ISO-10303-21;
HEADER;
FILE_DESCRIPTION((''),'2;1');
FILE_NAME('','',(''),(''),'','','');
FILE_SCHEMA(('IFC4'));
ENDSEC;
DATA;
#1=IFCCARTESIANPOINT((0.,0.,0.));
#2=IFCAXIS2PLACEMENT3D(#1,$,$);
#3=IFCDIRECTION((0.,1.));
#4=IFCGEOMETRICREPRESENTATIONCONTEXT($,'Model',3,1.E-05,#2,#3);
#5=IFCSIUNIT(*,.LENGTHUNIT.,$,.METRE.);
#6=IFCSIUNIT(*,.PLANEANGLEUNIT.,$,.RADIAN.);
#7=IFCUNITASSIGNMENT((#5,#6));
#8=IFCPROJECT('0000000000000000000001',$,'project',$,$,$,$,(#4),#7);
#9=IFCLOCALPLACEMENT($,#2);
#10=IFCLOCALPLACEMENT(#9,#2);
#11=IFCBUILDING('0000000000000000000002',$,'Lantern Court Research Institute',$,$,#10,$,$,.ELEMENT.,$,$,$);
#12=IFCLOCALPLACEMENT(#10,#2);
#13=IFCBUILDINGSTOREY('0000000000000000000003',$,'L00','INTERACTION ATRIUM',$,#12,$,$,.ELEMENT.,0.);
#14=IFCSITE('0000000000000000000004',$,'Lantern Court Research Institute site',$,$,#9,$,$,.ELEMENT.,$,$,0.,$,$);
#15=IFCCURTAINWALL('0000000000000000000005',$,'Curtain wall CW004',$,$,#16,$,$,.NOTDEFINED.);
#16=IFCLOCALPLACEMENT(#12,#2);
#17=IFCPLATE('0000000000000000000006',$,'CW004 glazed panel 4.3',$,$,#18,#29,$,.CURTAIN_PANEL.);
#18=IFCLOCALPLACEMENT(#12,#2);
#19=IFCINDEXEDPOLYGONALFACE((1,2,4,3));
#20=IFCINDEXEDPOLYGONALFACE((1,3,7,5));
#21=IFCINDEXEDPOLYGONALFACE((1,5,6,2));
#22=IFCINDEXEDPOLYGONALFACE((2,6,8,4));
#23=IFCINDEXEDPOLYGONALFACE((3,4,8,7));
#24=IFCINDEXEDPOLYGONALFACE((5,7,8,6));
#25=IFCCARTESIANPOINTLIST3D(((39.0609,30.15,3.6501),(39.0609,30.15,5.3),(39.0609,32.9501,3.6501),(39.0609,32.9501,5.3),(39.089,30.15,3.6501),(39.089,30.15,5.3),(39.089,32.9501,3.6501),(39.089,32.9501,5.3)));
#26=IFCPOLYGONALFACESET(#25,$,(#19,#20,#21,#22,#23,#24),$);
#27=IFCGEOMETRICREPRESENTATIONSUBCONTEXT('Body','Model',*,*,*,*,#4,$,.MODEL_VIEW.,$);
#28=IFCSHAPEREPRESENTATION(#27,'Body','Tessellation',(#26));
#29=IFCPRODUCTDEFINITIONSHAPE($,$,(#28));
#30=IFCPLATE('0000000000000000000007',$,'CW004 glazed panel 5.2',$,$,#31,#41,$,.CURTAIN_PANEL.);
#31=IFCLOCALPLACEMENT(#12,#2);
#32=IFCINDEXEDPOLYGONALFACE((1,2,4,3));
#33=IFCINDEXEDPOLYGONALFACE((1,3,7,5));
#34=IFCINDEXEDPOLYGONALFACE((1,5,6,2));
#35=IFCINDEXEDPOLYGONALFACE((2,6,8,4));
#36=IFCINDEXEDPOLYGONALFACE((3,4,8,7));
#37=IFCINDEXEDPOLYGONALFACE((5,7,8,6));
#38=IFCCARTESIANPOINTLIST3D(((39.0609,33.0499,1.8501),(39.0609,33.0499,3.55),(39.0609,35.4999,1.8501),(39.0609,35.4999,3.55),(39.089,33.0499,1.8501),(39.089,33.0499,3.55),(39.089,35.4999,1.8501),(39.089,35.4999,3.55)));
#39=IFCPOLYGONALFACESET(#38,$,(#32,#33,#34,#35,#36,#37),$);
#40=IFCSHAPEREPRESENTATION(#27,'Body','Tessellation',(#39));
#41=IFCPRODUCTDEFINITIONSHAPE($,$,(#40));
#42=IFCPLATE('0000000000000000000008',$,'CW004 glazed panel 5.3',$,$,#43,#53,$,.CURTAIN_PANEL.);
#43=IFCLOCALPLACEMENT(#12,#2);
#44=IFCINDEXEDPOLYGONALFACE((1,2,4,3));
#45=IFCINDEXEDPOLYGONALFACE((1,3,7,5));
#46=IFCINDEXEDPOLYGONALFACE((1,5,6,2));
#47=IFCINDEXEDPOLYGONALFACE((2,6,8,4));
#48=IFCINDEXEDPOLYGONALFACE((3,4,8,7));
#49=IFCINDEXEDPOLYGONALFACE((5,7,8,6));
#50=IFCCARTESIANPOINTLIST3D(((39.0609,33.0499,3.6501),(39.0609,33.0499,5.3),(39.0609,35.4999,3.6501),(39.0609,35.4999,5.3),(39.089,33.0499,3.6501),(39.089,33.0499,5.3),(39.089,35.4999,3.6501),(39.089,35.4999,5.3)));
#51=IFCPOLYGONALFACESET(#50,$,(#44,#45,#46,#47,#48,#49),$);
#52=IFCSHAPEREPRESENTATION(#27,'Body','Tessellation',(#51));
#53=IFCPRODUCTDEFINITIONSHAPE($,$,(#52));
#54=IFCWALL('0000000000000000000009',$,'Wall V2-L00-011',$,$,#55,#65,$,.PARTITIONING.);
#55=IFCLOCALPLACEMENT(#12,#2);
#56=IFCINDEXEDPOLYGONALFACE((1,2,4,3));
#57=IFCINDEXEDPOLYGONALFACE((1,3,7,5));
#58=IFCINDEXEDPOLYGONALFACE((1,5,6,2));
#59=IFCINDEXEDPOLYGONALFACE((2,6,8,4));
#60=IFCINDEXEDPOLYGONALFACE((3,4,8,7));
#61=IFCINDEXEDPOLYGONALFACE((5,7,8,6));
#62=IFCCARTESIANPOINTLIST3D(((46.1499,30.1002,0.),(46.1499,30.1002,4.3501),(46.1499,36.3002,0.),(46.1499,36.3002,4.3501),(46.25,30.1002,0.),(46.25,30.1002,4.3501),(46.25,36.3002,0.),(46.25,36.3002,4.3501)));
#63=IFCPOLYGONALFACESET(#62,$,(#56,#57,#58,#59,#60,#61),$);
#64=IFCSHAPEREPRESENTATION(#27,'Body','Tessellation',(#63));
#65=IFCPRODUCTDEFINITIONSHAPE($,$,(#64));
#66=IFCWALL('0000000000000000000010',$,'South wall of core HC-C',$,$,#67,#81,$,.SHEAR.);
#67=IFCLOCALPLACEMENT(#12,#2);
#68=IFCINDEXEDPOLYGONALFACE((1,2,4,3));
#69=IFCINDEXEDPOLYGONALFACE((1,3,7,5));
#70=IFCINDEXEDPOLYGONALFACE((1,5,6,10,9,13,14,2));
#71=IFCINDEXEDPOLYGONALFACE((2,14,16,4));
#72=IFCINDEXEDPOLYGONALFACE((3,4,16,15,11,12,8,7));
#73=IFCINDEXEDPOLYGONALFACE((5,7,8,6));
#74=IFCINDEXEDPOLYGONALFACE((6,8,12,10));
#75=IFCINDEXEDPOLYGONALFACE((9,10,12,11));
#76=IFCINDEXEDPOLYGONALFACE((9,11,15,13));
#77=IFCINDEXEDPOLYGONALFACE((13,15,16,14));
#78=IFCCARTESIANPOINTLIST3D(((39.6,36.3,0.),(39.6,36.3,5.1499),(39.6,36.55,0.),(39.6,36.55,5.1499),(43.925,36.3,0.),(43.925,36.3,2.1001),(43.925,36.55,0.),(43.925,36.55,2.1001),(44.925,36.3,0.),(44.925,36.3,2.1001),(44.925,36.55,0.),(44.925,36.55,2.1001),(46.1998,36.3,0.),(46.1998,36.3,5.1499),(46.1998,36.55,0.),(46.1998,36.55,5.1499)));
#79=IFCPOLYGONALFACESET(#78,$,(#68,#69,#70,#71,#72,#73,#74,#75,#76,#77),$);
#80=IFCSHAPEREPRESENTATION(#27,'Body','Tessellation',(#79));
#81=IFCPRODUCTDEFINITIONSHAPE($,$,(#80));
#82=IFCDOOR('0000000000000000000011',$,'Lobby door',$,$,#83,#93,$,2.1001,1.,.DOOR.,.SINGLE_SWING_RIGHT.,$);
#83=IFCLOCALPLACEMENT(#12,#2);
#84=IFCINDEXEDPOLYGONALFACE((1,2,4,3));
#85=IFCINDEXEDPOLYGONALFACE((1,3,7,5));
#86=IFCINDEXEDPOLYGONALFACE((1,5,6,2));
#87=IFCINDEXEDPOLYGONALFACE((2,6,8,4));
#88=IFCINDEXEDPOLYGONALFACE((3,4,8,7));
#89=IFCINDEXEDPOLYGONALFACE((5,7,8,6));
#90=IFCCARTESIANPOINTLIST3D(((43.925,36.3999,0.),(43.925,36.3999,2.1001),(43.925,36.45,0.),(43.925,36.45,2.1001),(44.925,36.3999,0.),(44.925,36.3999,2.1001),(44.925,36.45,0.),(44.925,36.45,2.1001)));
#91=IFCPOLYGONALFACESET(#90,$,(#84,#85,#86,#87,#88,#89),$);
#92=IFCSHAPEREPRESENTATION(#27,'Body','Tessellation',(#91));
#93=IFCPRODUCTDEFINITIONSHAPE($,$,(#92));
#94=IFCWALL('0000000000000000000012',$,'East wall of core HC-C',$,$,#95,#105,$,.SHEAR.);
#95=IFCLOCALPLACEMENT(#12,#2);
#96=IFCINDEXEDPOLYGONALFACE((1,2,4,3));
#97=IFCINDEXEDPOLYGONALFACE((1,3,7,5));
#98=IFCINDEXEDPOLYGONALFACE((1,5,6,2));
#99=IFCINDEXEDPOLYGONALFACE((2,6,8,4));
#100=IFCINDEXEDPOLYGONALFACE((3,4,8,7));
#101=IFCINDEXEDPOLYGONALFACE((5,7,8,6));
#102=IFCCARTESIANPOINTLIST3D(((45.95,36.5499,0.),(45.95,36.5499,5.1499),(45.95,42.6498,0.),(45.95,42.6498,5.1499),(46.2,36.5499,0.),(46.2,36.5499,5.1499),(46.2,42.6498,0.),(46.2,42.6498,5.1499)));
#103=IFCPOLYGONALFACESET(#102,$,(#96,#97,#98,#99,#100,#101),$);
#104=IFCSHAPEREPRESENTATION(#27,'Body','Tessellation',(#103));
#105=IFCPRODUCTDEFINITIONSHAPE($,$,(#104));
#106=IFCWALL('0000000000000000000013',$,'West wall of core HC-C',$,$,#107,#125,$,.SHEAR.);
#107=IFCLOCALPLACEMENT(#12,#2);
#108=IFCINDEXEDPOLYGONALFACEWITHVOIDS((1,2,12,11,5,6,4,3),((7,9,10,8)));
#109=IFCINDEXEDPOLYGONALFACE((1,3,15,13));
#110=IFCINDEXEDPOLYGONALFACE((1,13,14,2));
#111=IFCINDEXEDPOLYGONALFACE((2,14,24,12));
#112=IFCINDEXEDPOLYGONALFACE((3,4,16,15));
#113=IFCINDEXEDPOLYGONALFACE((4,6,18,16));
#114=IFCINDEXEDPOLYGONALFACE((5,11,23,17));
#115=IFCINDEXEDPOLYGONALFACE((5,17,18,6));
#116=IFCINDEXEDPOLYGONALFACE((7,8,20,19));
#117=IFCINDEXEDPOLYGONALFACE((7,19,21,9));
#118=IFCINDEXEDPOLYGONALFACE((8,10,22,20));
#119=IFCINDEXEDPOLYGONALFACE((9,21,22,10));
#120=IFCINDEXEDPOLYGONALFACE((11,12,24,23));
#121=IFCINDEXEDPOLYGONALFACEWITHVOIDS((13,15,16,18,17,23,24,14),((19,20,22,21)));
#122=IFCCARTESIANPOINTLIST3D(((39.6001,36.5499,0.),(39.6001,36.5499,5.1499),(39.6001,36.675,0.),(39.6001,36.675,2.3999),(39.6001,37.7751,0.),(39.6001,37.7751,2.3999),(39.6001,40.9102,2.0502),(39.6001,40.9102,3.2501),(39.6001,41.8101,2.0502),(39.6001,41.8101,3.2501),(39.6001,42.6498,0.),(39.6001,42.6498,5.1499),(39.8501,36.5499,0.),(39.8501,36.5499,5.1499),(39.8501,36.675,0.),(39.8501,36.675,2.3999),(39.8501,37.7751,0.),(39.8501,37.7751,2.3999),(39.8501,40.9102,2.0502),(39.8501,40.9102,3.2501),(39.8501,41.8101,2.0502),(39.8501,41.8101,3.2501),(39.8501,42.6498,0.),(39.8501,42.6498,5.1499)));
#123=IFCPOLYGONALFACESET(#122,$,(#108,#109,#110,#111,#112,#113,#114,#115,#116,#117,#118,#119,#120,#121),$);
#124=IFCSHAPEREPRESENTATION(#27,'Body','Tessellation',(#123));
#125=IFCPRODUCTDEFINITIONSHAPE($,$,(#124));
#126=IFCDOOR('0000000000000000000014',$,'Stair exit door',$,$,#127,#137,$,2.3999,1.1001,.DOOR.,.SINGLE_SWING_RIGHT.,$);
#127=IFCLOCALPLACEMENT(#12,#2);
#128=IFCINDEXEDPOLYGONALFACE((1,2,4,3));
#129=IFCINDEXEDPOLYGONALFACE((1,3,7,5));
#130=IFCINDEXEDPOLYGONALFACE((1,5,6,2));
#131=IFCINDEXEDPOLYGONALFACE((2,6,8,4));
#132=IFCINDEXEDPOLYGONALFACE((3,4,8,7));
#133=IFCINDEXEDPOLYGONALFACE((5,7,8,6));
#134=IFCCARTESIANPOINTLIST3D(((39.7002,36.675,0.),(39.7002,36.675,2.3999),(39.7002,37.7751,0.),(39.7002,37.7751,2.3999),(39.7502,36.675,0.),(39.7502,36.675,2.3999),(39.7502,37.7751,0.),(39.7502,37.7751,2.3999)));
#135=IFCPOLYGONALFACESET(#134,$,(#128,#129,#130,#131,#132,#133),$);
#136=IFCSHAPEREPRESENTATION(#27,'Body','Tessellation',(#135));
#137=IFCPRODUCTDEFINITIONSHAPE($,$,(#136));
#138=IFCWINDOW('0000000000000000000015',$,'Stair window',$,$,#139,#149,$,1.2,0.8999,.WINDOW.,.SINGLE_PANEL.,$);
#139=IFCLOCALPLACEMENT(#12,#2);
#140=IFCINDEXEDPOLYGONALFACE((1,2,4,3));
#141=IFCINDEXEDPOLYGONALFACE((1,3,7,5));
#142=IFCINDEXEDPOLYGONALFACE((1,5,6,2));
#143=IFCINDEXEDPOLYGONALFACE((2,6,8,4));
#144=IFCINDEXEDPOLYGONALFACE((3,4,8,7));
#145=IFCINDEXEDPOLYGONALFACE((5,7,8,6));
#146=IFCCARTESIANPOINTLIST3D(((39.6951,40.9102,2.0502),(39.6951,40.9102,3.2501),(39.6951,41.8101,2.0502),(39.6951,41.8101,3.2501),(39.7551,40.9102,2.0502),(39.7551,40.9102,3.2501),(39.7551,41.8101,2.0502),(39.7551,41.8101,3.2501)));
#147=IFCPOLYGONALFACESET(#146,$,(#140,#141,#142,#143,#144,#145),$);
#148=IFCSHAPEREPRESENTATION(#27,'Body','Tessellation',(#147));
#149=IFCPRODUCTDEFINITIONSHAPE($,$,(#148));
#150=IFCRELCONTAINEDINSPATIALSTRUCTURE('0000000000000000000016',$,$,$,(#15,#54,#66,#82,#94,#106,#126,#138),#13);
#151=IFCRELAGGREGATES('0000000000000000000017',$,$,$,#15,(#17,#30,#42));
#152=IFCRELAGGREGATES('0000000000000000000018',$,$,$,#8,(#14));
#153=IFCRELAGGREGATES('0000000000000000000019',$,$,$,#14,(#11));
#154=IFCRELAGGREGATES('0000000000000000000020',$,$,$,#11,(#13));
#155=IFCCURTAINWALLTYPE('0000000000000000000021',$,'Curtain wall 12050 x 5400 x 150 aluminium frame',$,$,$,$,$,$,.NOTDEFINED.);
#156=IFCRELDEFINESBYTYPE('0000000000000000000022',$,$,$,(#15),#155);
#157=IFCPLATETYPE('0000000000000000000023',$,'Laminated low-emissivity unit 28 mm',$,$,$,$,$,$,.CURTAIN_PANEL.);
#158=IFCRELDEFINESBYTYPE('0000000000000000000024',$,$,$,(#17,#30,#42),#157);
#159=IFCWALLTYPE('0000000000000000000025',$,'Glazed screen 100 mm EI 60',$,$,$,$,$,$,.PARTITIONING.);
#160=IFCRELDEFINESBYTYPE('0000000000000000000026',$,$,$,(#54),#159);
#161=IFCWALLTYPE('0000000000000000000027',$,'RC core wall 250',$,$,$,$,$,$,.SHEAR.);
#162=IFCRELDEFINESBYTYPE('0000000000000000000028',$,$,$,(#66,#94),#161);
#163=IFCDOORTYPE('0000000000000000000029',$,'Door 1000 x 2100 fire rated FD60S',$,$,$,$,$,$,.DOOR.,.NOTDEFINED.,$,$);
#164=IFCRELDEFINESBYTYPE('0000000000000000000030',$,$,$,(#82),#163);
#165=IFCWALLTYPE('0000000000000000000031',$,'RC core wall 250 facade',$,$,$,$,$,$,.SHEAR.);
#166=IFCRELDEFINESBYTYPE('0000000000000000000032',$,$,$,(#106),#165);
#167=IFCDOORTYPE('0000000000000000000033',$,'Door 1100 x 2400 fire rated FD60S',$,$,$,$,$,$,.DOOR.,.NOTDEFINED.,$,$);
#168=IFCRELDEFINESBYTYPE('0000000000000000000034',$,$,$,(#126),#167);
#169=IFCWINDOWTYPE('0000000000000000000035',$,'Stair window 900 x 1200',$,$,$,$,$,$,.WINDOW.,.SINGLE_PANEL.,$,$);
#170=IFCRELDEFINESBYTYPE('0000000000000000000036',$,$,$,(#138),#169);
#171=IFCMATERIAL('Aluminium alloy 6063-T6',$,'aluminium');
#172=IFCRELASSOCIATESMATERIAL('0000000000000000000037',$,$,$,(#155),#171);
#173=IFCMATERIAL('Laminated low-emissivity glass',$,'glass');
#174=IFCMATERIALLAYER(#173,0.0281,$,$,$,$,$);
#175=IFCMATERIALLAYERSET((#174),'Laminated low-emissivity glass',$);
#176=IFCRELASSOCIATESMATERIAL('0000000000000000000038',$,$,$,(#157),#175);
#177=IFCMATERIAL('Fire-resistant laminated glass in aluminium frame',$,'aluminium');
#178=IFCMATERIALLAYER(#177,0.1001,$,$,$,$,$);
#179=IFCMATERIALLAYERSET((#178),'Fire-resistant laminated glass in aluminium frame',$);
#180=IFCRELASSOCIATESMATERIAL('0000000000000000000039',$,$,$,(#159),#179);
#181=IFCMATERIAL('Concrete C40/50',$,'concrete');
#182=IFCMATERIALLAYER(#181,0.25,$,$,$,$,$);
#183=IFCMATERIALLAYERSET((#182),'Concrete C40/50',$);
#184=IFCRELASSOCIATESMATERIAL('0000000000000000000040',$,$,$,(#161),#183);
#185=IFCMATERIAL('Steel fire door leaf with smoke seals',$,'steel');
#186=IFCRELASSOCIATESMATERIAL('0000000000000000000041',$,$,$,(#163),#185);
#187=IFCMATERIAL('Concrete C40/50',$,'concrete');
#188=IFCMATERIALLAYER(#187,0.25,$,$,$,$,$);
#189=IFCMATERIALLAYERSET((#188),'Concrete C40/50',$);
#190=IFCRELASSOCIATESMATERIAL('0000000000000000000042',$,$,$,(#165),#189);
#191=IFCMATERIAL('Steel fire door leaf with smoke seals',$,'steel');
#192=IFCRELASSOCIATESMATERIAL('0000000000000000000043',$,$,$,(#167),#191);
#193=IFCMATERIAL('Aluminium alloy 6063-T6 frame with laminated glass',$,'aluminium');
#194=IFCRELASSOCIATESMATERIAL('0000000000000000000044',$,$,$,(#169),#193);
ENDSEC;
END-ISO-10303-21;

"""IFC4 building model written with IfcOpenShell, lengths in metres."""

from ifc_helpers import new_model, si_unit, direction, frame, frame_2d, origin, origin_2d, place, context, subcontext, project, spatial, rectangle, extrude, material, layer, layer_set, type_object, element, fill, aggregate, save


model = new_model("IFC4")

# Units and contexts
model_context = context("Model", 3, precision=1e-05, world=origin(), true_north=direction((0.0, 1.0)))
body_context = subcontext(model_context, "Body", "Model", "MODEL_VIEW")
ifc_project = project(units=[si_unit("LENGTHUNIT", "METRE"), si_unit("PLANEANGLEUNIT", "RADIAN")], contexts=[model_context])

# Site, building, storey
site_placement = place(None, origin())
site = spatial("IfcSite", under=ifc_project, at=site_placement, Name="Lantern Court Research Institute site", CompositionType="ELEMENT", RefElevation=0.0)
building_placement = place(site_placement, origin())
building = spatial("IfcBuilding", under=site, at=building_placement, Name="Lantern Court Research Institute", CompositionType="ELEMENT")
storey_placement = place(building_placement, origin())
storey = spatial("IfcBuildingStorey", under=building, at=storey_placement, Name="L00", Description="INTERACTION ATRIUM", CompositionType="ELEMENT", Elevation=0.0)

# Curtain wall, plates
ifc_material_1 = material(Name="Aluminium alloy 6063-T6", Category="aluminium")
curtain_wall_type = type_object("IfcCurtainWallType", Name="Curtain wall 12050 x 5400 x 150 aluminium frame", PredefinedType="NOTDEFINED", material=ifc_material_1)
curtain_wall_placement = place(storey_placement, origin())
curtain_wall = element("IfcCurtainWall", 1, at=curtain_wall_placement, inside=storey, type_object=curtain_wall_type, Name="Curtain wall CW004", PredefinedType="NOTDEFINED")
ifc_material_2 = material(Name="Laminated low-emissivity glass", Category="glass")
ifc_layer_1 = layer(ifc_material_2, 0.0281)
ifc_layer_set_1 = layer_set([ifc_layer_1], Name="Laminated low-emissivity glass")
plate_type_1 = type_object("IfcPlateType", Name="Laminated low-emissivity unit 28 mm", PredefinedType="CURTAIN_PANEL", material=ifc_layer_set_1)
plate_1_placement = place(storey_placement, frame((39.075, 31.55, 3.6501), z_axis=(0.0, 0.0, 1.0), x_axis=(0.0, 1.0, 0.0)))
plate_1 = element("IfcPlate", 2, at=plate_1_placement, type_object=plate_type_1, Name="CW004 glazed panel 4.3", PredefinedType="CURTAIN_PANEL", context=body_context, shape_type="SweptSolid", body=[
    extrude(rectangle(XDim=2.8, YDim=0.0281, at=origin_2d()), origin(), (0.0, 0.0, 1.0), 1.6499),
])
plate_2_placement = place(storey_placement, frame((39.075, 34.2749, 1.8501), z_axis=(0.0, 0.0, 1.0), x_axis=(0.0, 1.0, 0.0)))
plate_2 = element("IfcPlate", 3, at=plate_2_placement, type_object=plate_type_1, Name="CW004 glazed panel 5.2", PredefinedType="CURTAIN_PANEL", context=body_context, shape_type="SweptSolid", body=[
    extrude(rectangle(XDim=2.45, YDim=0.0281, at=origin_2d()), origin(), (0.0, 0.0, 1.0), 1.7),
])
plate_3_placement = place(storey_placement, frame((39.075, 34.2749, 3.6501), z_axis=(0.0, 0.0, 1.0), x_axis=(0.0, 1.0, 0.0)))
plate_3 = element("IfcPlate", 4, at=plate_3_placement, type_object=plate_type_1, Name="CW004 glazed panel 5.3", PredefinedType="CURTAIN_PANEL", context=body_context, shape_type="SweptSolid", body=[
    extrude(rectangle(XDim=2.45, YDim=0.0281, at=origin_2d()), origin(), (0.0, 0.0, 1.0), 1.6499),
])
aggregate(curtain_wall, [plate_1, plate_2, plate_3])

# Wall
ifc_material_3 = material(Name="Fire-resistant laminated glass in aluminium frame", Category="aluminium")
ifc_layer_2 = layer(ifc_material_3, 0.1001)
ifc_layer_set_2 = layer_set([ifc_layer_2], Name="Fire-resistant laminated glass in aluminium frame")
wall_type_1 = type_object("IfcWallType", Name="Glazed screen 100 mm EI 60", PredefinedType="PARTITIONING", material=ifc_layer_set_2)
wall_1_placement = place(storey_placement, frame((46.2, 30.1001, 0.0), z_axis=(0.0, 0.0, 1.0), x_axis=(0.0, 1.0, 0.0)))
element("IfcWall", 5, at=wall_1_placement, inside=storey, type_object=wall_type_1, Name="Wall V2-L00-011", PredefinedType="PARTITIONING", context=body_context, shape_type="SweptSolid", body=[
    extrude(rectangle(XDim=6.2, YDim=0.1001, at=frame_2d((3.1001, 0.0))), origin(), (0.0, 0.0, 1.0), 4.3501),
])

# Wall, opening, door
ifc_material_4 = material(Name="Concrete C40/50", Category="concrete")
ifc_layer_3 = layer(ifc_material_4, 0.25)
ifc_layer_set_3 = layer_set([ifc_layer_3], Name="Concrete C40/50")
wall_type_2 = type_object("IfcWallType", Name="RC core wall 250", PredefinedType="SHEAR", material=ifc_layer_set_3)
wall_2_placement = place(storey_placement, frame((39.6001, 36.425, 0.0), z_axis=(0.0, 0.0, 1.0), x_axis=(1.0, 0.0, 0.0)))
wall_2 = element("IfcWall", 6, at=wall_2_placement, inside=storey, type_object=wall_type_2, Name="South wall of core HC-C", PredefinedType="SHEAR", context=body_context, shape_type="SweptSolid", body=[
    extrude(rectangle(XDim=6.5999, YDim=0.25, at=frame_2d((3.2998, 0.0))), origin(), (0.0, 0.0, 1.0), 5.1499),
])
opening_1_placement = place(wall_2_placement, frame((4.325, 0.0, 0.0)))
opening_1 = element("IfcOpeningElement", 7, at=opening_1_placement, cuts=wall_2, PredefinedType="OPENING", context=body_context, shape_type="SweptSolid", body=[
    extrude(rectangle(XDim=1.0, YDim=2.1001, at=frame_2d((0.5, 1.05))), frame((0.0, 0.135, 0.0), z_axis=(0.0, -1.0, 0.0), x_axis=(1.0, 0.0, 0.0)), (0.0, 0.0, 1.0), 0.27),
])
ifc_material_5 = material(Name="Steel fire door leaf with smoke seals", Category="steel")
door_type_1 = type_object("IfcDoorType", Name="Door 1000 x 2100 fire rated FD60S", OperationType="NOTDEFINED", PredefinedType="DOOR", material=ifc_material_5)
door_1_placement = place(opening_1_placement, origin())
door_1 = element("IfcDoor", 8, at=door_1_placement, inside=storey, type_object=door_type_1, Name="Lobby door", OperationType="SINGLE_SWING_RIGHT", OverallHeight=2.1001, OverallWidth=1.0, PredefinedType="DOOR", context=body_context, shape_type="SweptSolid", body=[
    extrude(rectangle(XDim=1.0, YDim=2.1001, at=frame_2d((0.5, 1.05))), frame((0.0, 0.0249, 0.0), z_axis=(0.0, -1.0, 0.0), x_axis=(1.0, 0.0, 0.0)), (0.0, 0.0, 1.0), 0.05),
])
fill(opening_1, door_1)

# Wall
wall_3_placement = place(storey_placement, frame((46.075, 36.55, 0.0), z_axis=(0.0, 0.0, 1.0), x_axis=(0.0, 1.0, 0.0)))
element("IfcWall", 9, at=wall_3_placement, inside=storey, type_object=wall_type_2, Name="East wall of core HC-C", PredefinedType="SHEAR", context=body_context, shape_type="SweptSolid", body=[
    extrude(rectangle(XDim=6.0999, YDim=0.25, at=frame_2d((3.0498, 0.0))), origin(), (0.0, 0.0, 1.0), 5.1499),
])

# Wall, openings, door, window
ifc_material_6 = material(Name="Concrete C40/50", Category="concrete")
ifc_layer_4 = layer(ifc_material_6, 0.25)
ifc_layer_set_4 = layer_set([ifc_layer_4], Name="Concrete C40/50")
wall_type_3 = type_object("IfcWallType", Name="RC core wall 250 facade", PredefinedType="SHEAR", material=ifc_layer_set_4)
wall_4_placement = place(storey_placement, frame((39.7251, 36.55, 0.0), z_axis=(0.0, 0.0, 1.0), x_axis=(0.0, 1.0, 0.0)))
wall_4 = element("IfcWall", 10, at=wall_4_placement, inside=storey, type_object=wall_type_3, Name="West wall of core HC-C", PredefinedType="SHEAR", context=body_context, shape_type="SweptSolid", body=[
    extrude(rectangle(XDim=6.0999, YDim=0.25, at=frame_2d((3.0498, 0.0))), origin(), (0.0, 0.0, 1.0), 5.1499),
])
opening_2_placement = place(wall_4_placement, frame((0.125, 0.0, 0.0)))
opening_2 = element("IfcOpeningElement", 11, at=opening_2_placement, cuts=wall_4, PredefinedType="OPENING", context=body_context, shape_type="SweptSolid", body=[
    extrude(rectangle(XDim=1.1001, YDim=2.3999, at=frame_2d((0.55, 1.2))), frame((0.0, 0.135, 0.0), z_axis=(0.0, -1.0, 0.0), x_axis=(1.0, 0.0, 0.0)), (0.0, 0.0, 1.0), 0.27),
])
opening_3_placement = place(wall_4_placement, frame((4.3601, 0.0, 2.05)))
opening_3 = element("IfcOpeningElement", 12, at=opening_3_placement, cuts=wall_4, PredefinedType="OPENING", context=body_context, shape_type="SweptSolid", body=[
    extrude(rectangle(XDim=0.8999, YDim=1.2, at=frame_2d((0.45, 0.6001))), frame((0.0, 0.135, 0.0), z_axis=(0.0, -1.0, 0.0), x_axis=(1.0, 0.0, 0.0)), (0.0, 0.0, 1.0), 0.27),
])
ifc_material_7 = material(Name="Steel fire door leaf with smoke seals", Category="steel")
door_type_2 = type_object("IfcDoorType", Name="Door 1100 x 2400 fire rated FD60S", OperationType="NOTDEFINED", PredefinedType="DOOR", material=ifc_material_7)
door_2_placement = place(opening_2_placement, origin())
door_2 = element("IfcDoor", 13, at=door_2_placement, inside=storey, type_object=door_type_2, Name="Stair exit door", OperationType="SINGLE_SWING_RIGHT", OverallHeight=2.3999, OverallWidth=1.1001, PredefinedType="DOOR", context=body_context, shape_type="SweptSolid", body=[
    extrude(rectangle(XDim=1.1001, YDim=2.3999, at=frame_2d((0.55, 1.2))), frame((0.0, 0.0249, 0.0), z_axis=(0.0, -1.0, 0.0), x_axis=(1.0, 0.0, 0.0)), (0.0, 0.0, 1.0), 0.05),
])
fill(opening_2, door_2)
ifc_material_8 = material(Name="Aluminium alloy 6063-T6 frame with laminated glass", Category="aluminium")
window_type = type_object("IfcWindowType", Name="Stair window 900 x 1200", PartitioningType="SINGLE_PANEL", PredefinedType="WINDOW", material=ifc_material_8)
window_placement = place(opening_3_placement, origin())
window = element("IfcWindow", 14, at=window_placement, inside=storey, type_object=window_type, Name="Stair window", OverallHeight=1.2, OverallWidth=0.8999, PartitioningType="SINGLE_PANEL", PredefinedType="WINDOW", context=body_context, shape_type="SweptSolid", body=[
    extrude(rectangle(XDim=0.8999, YDim=1.2, at=frame_2d((0.45, 0.6001))), frame((0.0, 0.03, 0.0), z_axis=(0.0, -1.0, 0.0), x_axis=(1.0, 0.0, 0.0)), (0.0, 0.0, 1.0), 0.0601),
])
fill(opening_3, window)

save(model, "model.ifc")
